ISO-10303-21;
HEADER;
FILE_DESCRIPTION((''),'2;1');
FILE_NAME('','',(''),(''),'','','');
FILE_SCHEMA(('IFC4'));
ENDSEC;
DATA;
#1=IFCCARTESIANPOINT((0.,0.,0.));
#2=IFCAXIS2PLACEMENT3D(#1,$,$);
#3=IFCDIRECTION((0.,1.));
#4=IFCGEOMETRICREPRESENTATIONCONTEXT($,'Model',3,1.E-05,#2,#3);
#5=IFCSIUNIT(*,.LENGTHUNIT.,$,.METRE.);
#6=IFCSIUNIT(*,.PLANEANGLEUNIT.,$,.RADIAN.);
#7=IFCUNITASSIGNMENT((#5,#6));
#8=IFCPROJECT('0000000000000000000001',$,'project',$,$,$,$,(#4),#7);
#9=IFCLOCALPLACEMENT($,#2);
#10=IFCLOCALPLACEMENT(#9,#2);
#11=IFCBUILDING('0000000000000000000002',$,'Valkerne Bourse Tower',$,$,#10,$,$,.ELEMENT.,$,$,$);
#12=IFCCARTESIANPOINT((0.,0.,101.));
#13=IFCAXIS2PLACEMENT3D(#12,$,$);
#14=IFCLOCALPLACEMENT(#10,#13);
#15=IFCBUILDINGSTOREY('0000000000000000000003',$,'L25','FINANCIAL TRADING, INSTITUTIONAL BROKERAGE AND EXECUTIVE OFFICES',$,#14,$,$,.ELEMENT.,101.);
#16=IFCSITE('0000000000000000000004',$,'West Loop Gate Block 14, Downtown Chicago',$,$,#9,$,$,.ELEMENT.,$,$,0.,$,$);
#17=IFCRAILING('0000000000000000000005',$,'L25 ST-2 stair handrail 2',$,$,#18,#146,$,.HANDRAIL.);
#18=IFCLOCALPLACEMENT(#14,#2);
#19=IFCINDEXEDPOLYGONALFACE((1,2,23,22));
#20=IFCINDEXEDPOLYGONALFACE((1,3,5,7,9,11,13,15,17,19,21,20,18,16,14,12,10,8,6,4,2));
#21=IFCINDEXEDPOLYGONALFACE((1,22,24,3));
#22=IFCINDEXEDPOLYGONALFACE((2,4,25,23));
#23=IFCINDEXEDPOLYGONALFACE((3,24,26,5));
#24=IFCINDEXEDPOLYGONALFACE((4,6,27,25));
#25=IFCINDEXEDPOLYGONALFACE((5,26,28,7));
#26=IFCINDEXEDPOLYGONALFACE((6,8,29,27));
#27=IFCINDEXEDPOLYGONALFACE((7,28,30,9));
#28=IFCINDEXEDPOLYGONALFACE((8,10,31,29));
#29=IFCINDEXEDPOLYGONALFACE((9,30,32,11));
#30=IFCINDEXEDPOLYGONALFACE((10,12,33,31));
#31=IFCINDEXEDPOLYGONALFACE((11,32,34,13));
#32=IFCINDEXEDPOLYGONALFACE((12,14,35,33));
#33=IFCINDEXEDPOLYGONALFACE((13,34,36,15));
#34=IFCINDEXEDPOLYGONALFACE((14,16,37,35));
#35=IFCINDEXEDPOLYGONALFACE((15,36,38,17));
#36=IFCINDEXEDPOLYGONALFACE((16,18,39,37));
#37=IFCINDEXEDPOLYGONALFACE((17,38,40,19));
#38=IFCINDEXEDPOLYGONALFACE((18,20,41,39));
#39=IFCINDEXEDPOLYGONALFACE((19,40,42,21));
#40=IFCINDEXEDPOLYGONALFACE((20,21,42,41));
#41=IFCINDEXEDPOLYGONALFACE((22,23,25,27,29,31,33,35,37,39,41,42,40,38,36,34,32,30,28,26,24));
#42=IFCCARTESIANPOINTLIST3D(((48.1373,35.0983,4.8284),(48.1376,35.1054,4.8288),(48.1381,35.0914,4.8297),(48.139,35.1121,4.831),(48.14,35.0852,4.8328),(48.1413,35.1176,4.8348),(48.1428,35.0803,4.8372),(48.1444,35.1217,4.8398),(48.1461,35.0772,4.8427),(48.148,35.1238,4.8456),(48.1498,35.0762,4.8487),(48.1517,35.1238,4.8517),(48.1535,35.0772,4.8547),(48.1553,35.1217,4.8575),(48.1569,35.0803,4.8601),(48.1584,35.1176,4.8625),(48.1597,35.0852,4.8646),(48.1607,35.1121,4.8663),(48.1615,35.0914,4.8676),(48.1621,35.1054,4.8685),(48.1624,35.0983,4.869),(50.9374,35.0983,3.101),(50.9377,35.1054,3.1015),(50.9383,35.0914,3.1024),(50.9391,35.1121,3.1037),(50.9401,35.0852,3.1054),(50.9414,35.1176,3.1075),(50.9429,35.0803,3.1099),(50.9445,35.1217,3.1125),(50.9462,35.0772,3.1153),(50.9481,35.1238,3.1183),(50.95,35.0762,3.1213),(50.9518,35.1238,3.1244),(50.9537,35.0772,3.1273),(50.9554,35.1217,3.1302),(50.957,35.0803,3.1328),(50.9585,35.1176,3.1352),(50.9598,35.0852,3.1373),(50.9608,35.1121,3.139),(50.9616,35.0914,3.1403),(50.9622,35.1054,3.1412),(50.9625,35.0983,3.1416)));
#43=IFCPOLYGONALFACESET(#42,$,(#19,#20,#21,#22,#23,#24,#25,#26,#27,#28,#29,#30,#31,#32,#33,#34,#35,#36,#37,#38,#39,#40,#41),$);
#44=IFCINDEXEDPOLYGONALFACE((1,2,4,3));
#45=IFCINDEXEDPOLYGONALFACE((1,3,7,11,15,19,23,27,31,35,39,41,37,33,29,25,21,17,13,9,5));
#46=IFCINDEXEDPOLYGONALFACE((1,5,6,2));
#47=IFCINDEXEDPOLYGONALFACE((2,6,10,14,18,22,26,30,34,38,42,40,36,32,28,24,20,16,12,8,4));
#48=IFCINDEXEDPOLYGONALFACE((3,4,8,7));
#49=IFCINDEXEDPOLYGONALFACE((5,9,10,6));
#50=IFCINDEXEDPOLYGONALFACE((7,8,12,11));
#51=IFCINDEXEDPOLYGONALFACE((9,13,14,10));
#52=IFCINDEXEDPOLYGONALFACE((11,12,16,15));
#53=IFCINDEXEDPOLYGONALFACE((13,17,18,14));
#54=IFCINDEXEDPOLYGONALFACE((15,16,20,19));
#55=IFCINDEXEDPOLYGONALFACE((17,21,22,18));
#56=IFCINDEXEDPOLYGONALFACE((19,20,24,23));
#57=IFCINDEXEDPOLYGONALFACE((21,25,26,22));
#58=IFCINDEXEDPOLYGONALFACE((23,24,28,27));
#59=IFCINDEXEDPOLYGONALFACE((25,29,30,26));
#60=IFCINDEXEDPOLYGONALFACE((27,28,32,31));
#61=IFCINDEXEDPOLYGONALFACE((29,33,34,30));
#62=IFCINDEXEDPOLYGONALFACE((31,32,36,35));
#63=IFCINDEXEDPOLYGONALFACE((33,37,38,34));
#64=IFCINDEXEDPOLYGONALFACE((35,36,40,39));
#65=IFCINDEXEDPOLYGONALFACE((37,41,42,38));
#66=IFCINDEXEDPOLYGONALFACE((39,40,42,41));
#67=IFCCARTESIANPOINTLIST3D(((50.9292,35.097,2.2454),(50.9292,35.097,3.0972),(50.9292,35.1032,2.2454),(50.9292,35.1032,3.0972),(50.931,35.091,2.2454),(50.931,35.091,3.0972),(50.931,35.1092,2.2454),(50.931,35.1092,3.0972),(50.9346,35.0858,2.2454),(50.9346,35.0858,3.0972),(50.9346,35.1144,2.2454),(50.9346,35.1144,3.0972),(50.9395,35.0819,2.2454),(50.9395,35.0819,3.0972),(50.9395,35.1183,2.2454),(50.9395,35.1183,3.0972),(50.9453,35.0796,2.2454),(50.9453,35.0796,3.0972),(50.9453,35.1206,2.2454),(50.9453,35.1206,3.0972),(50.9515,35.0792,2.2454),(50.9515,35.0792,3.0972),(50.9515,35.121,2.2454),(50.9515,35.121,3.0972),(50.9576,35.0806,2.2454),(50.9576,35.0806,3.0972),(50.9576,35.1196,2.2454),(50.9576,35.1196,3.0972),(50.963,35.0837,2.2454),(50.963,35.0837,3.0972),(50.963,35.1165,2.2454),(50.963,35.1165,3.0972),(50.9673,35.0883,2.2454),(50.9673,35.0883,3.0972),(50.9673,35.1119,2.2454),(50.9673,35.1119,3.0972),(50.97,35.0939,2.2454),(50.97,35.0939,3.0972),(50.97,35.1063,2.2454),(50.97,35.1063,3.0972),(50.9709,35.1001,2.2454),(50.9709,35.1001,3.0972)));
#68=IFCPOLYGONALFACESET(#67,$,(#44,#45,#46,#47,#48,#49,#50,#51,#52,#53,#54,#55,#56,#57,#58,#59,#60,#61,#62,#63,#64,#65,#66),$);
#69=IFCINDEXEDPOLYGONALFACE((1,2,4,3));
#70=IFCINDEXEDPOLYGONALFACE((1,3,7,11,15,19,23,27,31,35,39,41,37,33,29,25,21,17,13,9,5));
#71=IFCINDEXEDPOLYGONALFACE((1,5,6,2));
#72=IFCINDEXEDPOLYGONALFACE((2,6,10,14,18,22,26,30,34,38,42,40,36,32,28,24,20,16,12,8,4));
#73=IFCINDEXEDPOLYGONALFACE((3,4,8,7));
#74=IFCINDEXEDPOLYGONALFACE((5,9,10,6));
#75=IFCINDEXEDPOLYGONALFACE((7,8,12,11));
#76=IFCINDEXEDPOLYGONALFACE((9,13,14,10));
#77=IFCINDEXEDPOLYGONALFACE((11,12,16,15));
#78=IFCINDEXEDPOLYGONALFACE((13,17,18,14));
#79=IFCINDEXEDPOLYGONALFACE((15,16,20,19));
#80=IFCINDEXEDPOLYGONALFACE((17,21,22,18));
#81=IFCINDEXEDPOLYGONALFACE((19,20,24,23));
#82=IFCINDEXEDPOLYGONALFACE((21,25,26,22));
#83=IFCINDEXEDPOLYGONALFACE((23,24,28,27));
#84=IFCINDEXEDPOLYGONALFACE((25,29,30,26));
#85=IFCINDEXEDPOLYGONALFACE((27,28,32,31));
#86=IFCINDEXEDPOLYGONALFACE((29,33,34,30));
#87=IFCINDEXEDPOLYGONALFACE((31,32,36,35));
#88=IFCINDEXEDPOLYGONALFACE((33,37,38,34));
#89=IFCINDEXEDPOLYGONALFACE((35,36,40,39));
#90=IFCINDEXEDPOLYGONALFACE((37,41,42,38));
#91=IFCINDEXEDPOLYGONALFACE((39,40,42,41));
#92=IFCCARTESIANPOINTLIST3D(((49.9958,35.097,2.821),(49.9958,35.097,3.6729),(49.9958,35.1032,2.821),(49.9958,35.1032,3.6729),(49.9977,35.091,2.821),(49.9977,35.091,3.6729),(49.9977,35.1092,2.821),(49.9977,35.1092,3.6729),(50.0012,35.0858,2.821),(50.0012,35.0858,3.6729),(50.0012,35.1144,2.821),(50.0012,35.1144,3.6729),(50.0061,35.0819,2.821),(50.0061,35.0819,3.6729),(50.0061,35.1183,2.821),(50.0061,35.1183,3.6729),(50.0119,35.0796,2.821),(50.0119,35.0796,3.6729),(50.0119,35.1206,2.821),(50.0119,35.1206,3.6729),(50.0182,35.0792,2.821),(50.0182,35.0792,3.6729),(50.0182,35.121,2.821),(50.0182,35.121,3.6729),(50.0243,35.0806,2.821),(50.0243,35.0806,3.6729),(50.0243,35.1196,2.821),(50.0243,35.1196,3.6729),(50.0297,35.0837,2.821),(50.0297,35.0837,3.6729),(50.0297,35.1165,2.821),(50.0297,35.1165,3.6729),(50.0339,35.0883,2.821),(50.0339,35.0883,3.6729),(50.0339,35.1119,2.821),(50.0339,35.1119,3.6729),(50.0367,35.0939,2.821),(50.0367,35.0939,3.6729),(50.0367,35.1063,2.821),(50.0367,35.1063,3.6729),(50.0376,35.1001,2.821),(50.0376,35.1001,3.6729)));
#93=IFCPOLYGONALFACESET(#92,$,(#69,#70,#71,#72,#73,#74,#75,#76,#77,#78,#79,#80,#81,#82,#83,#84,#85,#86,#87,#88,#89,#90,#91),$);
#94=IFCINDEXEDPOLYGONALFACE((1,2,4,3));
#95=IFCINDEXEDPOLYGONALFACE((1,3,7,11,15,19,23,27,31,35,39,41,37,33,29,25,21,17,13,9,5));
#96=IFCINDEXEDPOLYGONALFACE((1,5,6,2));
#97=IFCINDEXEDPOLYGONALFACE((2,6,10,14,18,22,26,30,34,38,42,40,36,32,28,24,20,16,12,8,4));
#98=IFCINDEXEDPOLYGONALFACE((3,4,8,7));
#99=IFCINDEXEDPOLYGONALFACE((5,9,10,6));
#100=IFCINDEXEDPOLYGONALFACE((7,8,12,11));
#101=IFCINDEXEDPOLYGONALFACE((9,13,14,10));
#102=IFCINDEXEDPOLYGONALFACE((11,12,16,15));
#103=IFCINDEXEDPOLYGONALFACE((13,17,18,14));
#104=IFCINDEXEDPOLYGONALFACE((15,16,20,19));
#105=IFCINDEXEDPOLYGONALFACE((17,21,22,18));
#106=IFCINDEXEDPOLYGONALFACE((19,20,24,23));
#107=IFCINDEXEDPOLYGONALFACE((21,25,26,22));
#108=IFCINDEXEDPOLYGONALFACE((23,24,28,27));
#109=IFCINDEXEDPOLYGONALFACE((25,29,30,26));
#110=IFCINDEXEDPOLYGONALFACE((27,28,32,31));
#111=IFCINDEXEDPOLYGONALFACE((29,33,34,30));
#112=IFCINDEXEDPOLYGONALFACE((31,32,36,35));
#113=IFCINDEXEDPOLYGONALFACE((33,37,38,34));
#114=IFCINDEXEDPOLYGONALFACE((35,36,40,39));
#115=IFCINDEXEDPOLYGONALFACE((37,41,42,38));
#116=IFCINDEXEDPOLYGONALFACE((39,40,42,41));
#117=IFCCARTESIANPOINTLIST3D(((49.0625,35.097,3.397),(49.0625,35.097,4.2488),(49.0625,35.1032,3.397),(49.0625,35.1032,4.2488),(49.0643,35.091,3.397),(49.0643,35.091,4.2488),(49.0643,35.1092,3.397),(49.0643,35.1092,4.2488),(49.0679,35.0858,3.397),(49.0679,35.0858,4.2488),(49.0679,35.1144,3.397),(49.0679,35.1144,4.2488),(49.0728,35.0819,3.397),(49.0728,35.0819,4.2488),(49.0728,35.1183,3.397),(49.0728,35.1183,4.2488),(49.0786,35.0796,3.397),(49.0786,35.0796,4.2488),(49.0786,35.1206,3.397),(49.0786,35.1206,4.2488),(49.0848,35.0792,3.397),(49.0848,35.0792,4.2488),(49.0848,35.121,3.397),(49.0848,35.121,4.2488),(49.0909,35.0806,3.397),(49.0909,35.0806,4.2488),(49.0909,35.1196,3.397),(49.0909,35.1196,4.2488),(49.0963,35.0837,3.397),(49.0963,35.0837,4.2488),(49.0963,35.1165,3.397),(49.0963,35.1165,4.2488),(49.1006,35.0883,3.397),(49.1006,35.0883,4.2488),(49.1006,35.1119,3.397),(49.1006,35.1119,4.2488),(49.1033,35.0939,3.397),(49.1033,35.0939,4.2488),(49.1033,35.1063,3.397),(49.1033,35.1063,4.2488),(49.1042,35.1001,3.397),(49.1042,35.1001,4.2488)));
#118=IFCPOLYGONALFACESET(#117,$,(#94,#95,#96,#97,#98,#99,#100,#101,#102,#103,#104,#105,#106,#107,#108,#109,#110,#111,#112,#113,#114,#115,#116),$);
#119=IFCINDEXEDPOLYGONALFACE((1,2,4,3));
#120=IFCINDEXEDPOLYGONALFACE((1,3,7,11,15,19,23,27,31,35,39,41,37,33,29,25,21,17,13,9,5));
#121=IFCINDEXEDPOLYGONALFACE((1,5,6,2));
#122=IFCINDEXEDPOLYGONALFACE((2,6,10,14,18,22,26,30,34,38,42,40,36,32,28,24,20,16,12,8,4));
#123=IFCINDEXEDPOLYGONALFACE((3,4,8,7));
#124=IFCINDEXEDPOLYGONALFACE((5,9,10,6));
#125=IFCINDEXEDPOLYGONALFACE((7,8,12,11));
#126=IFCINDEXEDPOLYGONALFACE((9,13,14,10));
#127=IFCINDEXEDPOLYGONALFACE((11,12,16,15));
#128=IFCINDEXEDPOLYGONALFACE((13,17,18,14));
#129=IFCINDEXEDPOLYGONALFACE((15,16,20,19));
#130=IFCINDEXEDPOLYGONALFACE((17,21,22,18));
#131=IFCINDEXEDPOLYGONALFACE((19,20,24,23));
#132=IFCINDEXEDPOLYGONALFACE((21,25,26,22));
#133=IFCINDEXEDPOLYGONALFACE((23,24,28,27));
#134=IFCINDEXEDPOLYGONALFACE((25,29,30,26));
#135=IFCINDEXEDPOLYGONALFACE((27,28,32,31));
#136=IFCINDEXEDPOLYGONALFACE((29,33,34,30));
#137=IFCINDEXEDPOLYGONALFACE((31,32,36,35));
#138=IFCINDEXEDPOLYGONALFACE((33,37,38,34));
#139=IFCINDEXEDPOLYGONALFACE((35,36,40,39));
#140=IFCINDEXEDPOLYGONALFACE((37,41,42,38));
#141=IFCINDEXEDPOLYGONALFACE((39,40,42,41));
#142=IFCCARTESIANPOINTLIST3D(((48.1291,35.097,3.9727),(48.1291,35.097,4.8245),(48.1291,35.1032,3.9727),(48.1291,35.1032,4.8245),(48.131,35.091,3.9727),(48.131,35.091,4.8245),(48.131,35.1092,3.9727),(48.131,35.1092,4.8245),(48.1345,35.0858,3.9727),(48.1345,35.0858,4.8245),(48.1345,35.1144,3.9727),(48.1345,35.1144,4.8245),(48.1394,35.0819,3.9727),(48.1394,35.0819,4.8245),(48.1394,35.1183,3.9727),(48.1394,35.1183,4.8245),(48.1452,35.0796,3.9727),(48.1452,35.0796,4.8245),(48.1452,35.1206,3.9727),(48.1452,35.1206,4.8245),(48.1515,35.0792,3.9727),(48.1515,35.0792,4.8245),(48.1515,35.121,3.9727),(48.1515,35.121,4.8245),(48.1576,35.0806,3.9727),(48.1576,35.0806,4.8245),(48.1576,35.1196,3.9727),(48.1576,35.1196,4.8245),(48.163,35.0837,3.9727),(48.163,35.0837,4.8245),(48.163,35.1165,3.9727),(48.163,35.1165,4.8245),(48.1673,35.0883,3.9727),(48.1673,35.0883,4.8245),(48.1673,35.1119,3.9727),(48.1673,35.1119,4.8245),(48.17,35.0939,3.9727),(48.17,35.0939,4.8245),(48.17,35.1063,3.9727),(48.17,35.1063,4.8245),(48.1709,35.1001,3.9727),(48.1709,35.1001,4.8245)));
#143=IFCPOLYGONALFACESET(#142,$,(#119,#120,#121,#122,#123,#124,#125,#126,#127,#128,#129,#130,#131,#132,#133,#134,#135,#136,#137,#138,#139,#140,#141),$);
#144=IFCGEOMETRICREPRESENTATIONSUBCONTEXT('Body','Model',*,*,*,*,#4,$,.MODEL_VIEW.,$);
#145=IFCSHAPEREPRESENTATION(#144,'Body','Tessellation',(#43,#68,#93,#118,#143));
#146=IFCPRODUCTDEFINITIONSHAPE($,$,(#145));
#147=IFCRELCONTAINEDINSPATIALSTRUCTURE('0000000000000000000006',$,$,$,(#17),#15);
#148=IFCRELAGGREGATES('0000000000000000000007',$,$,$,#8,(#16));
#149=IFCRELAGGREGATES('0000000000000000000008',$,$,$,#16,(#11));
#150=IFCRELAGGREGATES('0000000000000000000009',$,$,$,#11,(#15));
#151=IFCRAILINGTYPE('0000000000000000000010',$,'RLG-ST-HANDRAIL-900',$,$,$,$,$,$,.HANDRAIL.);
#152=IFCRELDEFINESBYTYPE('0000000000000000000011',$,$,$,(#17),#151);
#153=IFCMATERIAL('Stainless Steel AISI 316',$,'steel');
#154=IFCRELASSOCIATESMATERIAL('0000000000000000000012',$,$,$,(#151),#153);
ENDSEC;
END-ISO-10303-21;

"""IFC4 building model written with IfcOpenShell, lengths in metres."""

from ifc_helpers import new_model, si_unit, direction, frame, origin, origin_2d, place, context, subcontext, project, spatial, circle, extrude, material, type_object, element, save


model = new_model("IFC4")

# Units and contexts
model_context = context("Model", 3, precision=1e-05, world=origin(), true_north=direction((0.0, 1.0)))
body_context = subcontext(model_context, "Body", "Model", "MODEL_VIEW")
ifc_project = project(units=[si_unit("LENGTHUNIT", "METRE"), si_unit("PLANEANGLEUNIT", "RADIAN")], contexts=[model_context])

# Site, building, storey
site_placement = place(None, origin())
site = spatial("IfcSite", under=ifc_project, at=site_placement, Name="West Loop Gate Block 14, Downtown Chicago", CompositionType="ELEMENT", RefElevation=0.0)
building_placement = place(site_placement, origin())
building = spatial("IfcBuilding", under=site, at=building_placement, Name="Valkerne Bourse Tower", CompositionType="ELEMENT")
storey_placement = place(building_placement, frame((0.0, 0.0, 101.0)))
storey = spatial("IfcBuildingStorey", under=building, at=storey_placement, Name="L25", Description="FINANCIAL TRADING, INSTITUTIONAL BROKERAGE AND EXECUTIVE OFFICES", CompositionType="ELEMENT", Elevation=101.0)

# Shared definitions
ifc_material_1 = material(Name="Stainless Steel AISI 316", Category="steel")

# Railing
railing_type_1 = type_object("IfcRailingType", Name="RLG-ST-HANDRAIL-900", PredefinedType="HANDRAIL", material=ifc_material_1)
railing_1_placement = place(storey_placement, frame((50.95, 35.1001, 2.2454)))
element("IfcRailing", 1, at=railing_1_placement, inside=storey, type_object=railing_type_1, Name="L25 ST-2 stair handrail 2", PredefinedType="HANDRAIL", context=body_context, shape_type="SweptSolid", body=[
    extrude(circle(Radius=0.0239, at=origin_2d()), frame((0.0, 0.0, 0.876), z_axis=(-0.85109, 0.0, 0.52502), x_axis=(0.0, -1.0, 0.0)), (0.0, 0.0, 1.0), 3.29),
    extrude(circle(Radius=0.021, at=origin_2d()), origin(), (0.0, 0.0, 1.0), 0.8518),
    extrude(circle(Radius=0.021, at=origin_2d()), frame((-0.9333, 0.0, 0.5757)), (0.0, 0.0, 1.0), 0.8518),
    extrude(circle(Radius=0.021, at=origin_2d()), frame((-1.8667, 0.0, 1.1516)), (0.0, 0.0, 1.0), 0.8518),
    extrude(circle(Radius=0.021, at=origin_2d()), frame((-2.8, 0.0, 1.7273)), (0.0, 0.0, 1.0), 0.8518),
])

save(model, "model.ifc")
